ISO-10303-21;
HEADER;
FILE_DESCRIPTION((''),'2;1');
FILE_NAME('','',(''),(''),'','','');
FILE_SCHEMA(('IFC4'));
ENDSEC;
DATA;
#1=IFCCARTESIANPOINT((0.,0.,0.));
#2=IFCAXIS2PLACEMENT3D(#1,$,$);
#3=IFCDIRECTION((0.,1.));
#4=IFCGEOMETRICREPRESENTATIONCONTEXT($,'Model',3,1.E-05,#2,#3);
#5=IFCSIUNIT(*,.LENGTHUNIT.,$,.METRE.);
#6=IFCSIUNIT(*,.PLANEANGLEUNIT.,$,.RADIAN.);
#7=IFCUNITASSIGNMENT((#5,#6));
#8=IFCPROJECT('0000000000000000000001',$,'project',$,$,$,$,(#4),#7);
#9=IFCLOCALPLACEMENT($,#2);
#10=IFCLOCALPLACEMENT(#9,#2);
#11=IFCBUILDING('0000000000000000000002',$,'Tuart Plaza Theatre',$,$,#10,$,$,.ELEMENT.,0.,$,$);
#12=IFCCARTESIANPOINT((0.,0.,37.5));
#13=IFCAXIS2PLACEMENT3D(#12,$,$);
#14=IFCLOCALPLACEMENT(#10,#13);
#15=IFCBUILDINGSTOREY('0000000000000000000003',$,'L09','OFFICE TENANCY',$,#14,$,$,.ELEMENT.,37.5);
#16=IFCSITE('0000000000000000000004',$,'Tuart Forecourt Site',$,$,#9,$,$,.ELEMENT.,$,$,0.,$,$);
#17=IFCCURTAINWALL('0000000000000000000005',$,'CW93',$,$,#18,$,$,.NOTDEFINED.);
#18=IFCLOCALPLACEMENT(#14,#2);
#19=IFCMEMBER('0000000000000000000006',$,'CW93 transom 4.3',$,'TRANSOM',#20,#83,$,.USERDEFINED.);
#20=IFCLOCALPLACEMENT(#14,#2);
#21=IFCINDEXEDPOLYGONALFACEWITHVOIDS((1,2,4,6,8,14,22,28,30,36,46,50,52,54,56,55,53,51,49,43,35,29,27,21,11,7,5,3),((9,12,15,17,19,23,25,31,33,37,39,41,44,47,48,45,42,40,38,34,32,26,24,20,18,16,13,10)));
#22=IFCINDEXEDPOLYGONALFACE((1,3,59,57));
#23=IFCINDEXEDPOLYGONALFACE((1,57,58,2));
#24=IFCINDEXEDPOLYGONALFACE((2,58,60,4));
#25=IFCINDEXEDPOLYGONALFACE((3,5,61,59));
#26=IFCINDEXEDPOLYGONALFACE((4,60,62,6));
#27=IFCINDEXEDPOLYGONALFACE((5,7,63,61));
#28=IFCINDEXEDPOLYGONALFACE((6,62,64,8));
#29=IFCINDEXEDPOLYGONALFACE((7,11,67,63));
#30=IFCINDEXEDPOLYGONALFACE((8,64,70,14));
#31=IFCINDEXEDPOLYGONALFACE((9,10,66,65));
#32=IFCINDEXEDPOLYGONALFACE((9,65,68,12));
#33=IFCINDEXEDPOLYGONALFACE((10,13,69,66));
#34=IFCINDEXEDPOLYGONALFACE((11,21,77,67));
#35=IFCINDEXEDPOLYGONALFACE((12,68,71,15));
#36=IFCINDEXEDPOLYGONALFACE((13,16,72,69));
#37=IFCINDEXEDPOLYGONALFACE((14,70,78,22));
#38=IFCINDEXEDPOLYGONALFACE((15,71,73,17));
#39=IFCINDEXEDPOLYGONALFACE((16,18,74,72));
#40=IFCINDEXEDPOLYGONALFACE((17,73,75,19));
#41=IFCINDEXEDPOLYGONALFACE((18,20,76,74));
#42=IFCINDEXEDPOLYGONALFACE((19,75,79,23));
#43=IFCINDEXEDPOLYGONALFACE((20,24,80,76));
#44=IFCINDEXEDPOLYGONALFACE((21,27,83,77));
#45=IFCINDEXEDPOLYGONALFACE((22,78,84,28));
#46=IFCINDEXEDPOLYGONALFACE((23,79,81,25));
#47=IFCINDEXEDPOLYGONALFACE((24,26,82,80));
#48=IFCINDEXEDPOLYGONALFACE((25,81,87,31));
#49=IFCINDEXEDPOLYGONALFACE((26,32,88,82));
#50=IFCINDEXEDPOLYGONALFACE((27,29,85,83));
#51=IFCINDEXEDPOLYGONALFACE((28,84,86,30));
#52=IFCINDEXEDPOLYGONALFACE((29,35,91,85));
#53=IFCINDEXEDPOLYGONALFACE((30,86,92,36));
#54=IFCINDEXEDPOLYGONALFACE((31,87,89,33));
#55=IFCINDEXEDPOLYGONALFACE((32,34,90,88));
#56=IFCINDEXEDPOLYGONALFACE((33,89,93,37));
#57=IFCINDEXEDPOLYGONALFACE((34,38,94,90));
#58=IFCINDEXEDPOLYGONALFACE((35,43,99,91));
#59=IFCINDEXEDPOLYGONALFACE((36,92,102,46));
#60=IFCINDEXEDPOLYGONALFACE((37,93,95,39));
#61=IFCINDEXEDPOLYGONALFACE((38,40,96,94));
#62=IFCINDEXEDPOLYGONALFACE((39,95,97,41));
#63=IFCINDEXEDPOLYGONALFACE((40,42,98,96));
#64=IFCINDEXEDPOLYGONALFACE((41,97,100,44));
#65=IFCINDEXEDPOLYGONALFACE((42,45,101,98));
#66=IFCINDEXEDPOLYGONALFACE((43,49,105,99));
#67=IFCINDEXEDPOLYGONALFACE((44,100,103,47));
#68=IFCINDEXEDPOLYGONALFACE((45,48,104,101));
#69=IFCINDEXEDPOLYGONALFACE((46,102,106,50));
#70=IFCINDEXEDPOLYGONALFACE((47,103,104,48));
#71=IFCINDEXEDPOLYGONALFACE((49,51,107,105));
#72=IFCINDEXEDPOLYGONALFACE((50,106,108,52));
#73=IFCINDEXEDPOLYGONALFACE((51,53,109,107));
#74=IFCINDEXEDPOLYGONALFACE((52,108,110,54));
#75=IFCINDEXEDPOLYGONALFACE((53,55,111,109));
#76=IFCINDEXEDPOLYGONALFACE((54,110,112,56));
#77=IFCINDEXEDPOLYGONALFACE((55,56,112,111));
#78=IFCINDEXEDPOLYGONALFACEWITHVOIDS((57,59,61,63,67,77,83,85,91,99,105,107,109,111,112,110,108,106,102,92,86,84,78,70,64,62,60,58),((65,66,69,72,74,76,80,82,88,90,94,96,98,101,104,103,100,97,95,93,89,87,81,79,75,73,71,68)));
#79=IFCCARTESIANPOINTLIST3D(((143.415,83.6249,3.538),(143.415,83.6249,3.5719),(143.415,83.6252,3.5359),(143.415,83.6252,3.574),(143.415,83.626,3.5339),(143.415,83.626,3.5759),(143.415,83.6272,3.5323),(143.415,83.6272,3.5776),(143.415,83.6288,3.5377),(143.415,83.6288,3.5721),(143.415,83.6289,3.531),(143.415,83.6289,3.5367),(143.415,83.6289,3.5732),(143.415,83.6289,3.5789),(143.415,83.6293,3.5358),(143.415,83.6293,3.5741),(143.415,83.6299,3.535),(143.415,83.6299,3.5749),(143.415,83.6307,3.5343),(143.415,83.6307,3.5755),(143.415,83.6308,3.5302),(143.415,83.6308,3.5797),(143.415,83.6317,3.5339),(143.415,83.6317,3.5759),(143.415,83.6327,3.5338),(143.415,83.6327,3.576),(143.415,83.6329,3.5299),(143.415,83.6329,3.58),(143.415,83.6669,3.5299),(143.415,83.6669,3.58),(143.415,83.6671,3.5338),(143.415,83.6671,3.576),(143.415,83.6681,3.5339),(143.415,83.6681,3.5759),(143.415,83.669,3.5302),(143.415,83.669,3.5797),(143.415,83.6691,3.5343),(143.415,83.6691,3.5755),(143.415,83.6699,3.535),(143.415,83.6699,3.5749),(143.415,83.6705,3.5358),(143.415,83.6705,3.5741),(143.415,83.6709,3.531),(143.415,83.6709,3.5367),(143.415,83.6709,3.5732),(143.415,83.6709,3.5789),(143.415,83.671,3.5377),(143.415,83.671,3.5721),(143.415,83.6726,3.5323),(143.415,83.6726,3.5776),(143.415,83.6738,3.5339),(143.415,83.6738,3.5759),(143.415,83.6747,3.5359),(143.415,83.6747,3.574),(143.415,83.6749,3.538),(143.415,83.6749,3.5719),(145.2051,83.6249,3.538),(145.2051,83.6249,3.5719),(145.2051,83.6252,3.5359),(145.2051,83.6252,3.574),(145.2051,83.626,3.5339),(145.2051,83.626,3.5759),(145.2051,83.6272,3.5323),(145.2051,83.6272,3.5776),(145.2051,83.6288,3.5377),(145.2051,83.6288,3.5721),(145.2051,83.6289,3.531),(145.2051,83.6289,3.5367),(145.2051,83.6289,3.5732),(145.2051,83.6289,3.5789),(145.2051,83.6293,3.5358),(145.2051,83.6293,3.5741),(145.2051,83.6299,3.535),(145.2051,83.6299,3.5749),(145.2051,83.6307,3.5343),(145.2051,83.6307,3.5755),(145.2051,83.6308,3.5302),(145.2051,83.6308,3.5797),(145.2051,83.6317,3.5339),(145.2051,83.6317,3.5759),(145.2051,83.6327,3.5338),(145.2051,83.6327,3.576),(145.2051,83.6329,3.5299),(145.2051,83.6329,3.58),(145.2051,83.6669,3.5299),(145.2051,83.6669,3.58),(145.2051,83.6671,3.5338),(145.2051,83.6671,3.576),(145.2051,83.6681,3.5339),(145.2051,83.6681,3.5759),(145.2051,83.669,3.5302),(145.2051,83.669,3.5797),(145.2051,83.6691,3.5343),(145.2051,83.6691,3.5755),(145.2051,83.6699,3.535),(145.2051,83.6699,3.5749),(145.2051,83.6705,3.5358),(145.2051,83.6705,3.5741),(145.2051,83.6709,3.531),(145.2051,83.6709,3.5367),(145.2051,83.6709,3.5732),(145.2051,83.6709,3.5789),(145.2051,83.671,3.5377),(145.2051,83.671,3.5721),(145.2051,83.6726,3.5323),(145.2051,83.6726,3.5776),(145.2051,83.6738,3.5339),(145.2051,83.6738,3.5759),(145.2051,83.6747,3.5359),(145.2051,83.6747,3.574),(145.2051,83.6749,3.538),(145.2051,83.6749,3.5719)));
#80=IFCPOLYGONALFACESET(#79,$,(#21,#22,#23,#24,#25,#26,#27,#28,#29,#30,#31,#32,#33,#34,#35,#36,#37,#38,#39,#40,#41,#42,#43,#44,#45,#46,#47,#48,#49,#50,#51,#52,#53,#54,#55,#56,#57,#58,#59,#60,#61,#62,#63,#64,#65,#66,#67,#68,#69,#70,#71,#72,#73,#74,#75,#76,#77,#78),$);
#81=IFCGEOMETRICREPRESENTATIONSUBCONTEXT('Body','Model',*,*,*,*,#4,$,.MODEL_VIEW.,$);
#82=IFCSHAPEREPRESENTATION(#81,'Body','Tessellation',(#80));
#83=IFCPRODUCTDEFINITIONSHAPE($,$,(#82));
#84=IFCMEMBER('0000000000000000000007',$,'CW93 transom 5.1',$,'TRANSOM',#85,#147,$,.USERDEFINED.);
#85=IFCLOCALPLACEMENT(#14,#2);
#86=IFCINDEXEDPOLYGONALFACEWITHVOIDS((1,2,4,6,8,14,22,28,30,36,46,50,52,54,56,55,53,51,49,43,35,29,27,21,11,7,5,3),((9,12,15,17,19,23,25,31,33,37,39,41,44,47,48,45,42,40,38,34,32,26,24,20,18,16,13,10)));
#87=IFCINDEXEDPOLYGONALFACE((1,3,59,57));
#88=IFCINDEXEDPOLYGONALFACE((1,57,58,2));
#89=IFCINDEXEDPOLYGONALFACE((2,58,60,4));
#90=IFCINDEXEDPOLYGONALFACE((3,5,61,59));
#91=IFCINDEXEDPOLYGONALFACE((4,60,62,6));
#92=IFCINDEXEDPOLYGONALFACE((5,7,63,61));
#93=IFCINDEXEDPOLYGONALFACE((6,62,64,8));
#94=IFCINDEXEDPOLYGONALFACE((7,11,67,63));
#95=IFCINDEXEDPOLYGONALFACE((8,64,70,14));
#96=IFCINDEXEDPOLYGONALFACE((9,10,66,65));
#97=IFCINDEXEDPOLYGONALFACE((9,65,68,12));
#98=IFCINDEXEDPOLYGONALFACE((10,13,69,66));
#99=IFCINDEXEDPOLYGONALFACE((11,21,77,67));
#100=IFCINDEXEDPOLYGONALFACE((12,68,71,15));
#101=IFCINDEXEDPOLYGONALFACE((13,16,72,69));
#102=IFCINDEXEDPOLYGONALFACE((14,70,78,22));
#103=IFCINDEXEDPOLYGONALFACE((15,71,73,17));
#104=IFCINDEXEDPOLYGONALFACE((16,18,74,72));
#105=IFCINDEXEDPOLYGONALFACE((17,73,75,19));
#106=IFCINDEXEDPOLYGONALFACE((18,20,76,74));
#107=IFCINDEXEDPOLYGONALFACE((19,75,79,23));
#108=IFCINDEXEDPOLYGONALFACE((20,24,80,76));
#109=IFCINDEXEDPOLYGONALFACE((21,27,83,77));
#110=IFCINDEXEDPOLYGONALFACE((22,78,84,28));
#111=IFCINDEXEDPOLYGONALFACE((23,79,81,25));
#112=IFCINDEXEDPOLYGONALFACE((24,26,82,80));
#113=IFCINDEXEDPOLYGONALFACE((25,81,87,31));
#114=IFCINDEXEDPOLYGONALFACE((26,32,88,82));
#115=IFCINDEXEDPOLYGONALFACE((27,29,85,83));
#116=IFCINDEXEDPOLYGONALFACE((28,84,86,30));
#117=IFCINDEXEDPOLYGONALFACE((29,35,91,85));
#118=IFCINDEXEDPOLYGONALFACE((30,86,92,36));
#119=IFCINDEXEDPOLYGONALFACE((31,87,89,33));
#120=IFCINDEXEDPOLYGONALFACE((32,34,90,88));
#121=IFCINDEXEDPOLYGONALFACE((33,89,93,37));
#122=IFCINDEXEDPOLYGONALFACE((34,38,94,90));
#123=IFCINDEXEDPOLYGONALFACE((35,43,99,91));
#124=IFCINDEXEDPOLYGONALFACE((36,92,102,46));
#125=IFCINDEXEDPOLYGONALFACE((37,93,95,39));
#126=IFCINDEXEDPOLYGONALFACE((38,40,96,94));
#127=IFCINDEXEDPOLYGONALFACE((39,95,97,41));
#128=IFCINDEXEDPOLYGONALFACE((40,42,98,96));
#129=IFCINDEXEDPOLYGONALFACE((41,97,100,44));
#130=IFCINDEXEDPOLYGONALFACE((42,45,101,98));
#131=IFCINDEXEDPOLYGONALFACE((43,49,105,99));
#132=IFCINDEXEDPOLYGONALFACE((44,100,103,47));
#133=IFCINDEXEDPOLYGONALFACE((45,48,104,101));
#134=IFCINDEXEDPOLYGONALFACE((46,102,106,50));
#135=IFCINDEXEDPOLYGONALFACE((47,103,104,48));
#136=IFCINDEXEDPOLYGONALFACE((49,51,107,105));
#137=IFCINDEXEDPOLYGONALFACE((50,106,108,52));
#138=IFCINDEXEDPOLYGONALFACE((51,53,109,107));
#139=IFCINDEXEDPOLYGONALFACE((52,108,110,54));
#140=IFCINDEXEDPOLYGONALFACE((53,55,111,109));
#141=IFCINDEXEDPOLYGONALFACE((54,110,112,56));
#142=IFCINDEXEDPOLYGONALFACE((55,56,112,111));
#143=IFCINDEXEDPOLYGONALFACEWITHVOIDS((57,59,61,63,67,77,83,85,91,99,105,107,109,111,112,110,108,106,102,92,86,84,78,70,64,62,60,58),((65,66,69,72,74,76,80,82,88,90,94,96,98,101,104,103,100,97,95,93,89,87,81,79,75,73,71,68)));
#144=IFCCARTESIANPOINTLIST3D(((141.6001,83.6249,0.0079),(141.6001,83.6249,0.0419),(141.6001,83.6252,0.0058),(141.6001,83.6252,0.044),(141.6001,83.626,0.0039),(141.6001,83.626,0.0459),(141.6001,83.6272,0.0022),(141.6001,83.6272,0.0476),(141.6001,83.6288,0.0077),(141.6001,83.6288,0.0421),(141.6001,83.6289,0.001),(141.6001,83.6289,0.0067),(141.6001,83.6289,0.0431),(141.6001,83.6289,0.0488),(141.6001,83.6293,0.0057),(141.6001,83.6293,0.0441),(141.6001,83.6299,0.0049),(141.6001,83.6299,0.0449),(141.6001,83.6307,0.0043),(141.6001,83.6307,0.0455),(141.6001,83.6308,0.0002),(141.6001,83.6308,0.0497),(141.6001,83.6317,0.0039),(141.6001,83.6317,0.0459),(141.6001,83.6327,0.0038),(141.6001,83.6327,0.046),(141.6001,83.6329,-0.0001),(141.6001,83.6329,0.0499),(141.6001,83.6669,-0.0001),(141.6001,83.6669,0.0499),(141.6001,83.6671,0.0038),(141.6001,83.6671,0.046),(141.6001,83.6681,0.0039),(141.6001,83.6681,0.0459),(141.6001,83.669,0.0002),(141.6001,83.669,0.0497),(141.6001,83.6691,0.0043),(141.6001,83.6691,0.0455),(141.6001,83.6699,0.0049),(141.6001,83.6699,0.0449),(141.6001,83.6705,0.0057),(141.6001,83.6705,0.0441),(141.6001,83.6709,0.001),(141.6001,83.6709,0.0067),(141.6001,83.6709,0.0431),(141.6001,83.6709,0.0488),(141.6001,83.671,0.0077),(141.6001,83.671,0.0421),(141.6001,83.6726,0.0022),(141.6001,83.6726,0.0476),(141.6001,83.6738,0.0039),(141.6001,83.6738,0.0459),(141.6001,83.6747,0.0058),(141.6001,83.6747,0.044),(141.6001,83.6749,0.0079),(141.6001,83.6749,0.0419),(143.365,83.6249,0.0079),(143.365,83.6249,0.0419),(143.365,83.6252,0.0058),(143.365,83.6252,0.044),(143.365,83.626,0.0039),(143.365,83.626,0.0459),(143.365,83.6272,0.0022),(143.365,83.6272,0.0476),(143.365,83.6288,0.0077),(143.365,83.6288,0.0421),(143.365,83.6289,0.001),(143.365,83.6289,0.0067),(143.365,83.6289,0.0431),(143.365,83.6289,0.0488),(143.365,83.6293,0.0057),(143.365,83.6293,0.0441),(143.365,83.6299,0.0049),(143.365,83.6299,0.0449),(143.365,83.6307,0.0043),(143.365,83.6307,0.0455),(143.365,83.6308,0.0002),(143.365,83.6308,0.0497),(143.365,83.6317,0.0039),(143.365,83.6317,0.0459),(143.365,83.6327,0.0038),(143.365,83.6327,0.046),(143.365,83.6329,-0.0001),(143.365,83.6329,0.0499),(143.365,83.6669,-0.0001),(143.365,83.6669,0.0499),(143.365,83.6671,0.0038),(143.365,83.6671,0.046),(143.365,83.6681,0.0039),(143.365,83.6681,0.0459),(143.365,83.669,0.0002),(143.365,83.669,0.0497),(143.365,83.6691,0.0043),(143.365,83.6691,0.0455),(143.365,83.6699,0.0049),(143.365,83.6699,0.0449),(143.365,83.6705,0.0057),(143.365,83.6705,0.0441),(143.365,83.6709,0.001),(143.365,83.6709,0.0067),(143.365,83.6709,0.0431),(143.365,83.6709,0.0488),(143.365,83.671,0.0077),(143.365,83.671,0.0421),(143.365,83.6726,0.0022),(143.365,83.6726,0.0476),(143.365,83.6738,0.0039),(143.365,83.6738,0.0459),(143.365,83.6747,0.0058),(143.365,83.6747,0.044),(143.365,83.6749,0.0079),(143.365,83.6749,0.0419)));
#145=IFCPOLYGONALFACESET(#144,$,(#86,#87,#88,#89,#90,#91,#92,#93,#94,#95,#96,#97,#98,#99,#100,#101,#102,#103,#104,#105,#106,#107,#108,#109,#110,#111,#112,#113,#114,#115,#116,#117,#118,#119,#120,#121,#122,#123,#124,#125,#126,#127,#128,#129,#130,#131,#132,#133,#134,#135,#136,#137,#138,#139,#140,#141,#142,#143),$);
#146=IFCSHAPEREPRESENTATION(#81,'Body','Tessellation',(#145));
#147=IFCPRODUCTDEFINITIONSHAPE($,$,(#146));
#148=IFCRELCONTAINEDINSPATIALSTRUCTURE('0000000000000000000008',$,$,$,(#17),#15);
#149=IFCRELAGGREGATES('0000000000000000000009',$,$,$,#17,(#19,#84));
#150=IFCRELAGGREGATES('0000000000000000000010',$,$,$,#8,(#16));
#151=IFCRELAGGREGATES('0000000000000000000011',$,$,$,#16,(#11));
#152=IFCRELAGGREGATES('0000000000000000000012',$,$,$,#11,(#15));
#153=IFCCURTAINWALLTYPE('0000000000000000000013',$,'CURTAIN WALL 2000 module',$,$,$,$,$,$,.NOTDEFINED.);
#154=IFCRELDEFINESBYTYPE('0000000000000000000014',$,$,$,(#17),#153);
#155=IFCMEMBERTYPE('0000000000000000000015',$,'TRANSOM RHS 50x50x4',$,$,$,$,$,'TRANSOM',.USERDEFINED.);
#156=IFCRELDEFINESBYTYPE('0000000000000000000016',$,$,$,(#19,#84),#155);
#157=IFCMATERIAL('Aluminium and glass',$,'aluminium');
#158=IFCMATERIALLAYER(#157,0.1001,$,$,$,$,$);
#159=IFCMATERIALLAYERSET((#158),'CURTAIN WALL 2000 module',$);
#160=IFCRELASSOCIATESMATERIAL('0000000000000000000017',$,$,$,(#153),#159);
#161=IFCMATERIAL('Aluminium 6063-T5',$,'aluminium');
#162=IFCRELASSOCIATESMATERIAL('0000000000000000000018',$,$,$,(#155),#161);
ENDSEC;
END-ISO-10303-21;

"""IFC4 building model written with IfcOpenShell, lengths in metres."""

from ifc_helpers import new_model, si_unit, direction, frame, origin, origin_2d, place, context, subcontext, project, spatial, hollow_rectangle, extrude, material, layer, layer_set, material_profile, profile_set, type_object, element, aggregate, save


model = new_model("IFC4")

# Units and contexts
model_context = context("Model", 3, precision=1e-05, world=origin(), true_north=direction((0.0, 1.0)))
body_context = subcontext(model_context, "Body", "Model", "MODEL_VIEW")
ifc_project = project(units=[si_unit("LENGTHUNIT", "METRE"), si_unit("PLANEANGLEUNIT", "RADIAN")], contexts=[model_context])

# Site, building, storey
site_placement = place(None, origin())
site = spatial("IfcSite", under=ifc_project, at=site_placement, Name="Tuart Forecourt Site", CompositionType="ELEMENT", RefElevation=0.0)
building_placement = place(site_placement, origin())
building = spatial("IfcBuilding", under=site, at=building_placement, Name="Tuart Plaza Theatre", CompositionType="ELEMENT", ElevationOfRefHeight=0.0)
storey_placement = place(building_placement, frame((0.0, 0.0, 37.5)))
storey = spatial("IfcBuildingStorey", under=building, at=storey_placement, Name="L09", Description="OFFICE TENANCY", CompositionType="ELEMENT", Elevation=37.5)

# Shared definitions
ifc_material_1 = material(Name="Aluminium and glass", Category="aluminium")
ifc_layer_1 = layer(ifc_material_1, 0.1001)
ifc_layer_set_1 = layer_set([ifc_layer_1], Name="CURTAIN WALL 2000 module")
curtain_wall_type = type_object("IfcCurtainWallType", Name="CURTAIN WALL 2000 module", PredefinedType="NOTDEFINED", material=ifc_layer_set_1)

# Curtain wall
curtain_wall_1_placement = place(storey_placement, origin())
curtain_wall_1 = element("IfcCurtainWall", 1, at=curtain_wall_1_placement, inside=storey, type_object=curtain_wall_type, Name="CW93", PredefinedType="NOTDEFINED")

# Members
ifc_material_2 = material(Name="Aluminium 6063-T5", Category="aluminium")
ifc_material_profile_1 = material_profile(ifc_material_2, hollow_rectangle(XDim=0.05, YDim=0.05, WallThickness=0.0039, InnerFilletRadius=0.0039, OuterFilletRadius=0.0081, at=origin_2d()), Name="RHS 50x50x4")
ifc_profile_set_1 = profile_set([ifc_material_profile_1], Name="Aluminium 6063-T5")
member_type_1 = type_object("IfcMemberType", Name="TRANSOM RHS 50x50x4", ElementType="TRANSOM", PredefinedType="USERDEFINED", material=ifc_profile_set_1)
member_1_placement = place(storey_placement, frame((145.2051, 83.6499, 3.5549), z_axis=(-1.0, 0.0, 0.0), x_axis=(0.0, -1.0, 0.0)))
member_1 = element("IfcMember", 2, at=member_1_placement, type_object=member_type_1, Name="CW93 transom 4.3", ObjectType="TRANSOM", PredefinedType="USERDEFINED", context=body_context, shape_type="SweptSolid", body=[
    extrude(hollow_rectangle(XDim=0.05, YDim=0.05, WallThickness=0.0039, InnerFilletRadius=0.0039, OuterFilletRadius=0.0081, at=origin_2d()), origin(), (0.0, 0.0, 1.0), 1.79),
])
member_2_placement = place(storey_placement, frame((143.365, 83.6499, 0.0249), z_axis=(-1.0, 0.0, 0.0), x_axis=(0.0, -1.0, 0.0)))
member_2 = element("IfcMember", 3, at=member_2_placement, type_object=member_type_1, Name="CW93 transom 5.1", ObjectType="TRANSOM", PredefinedType="USERDEFINED", context=body_context, shape_type="SweptSolid", body=[
    extrude(hollow_rectangle(XDim=0.05, YDim=0.05, WallThickness=0.0039, InnerFilletRadius=0.0039, OuterFilletRadius=0.0081, at=origin_2d()), origin(), (0.0, 0.0, 1.0), 1.7649),
])

aggregate(curtain_wall_1, [member_1, member_2])

save(model, "model.ifc")
